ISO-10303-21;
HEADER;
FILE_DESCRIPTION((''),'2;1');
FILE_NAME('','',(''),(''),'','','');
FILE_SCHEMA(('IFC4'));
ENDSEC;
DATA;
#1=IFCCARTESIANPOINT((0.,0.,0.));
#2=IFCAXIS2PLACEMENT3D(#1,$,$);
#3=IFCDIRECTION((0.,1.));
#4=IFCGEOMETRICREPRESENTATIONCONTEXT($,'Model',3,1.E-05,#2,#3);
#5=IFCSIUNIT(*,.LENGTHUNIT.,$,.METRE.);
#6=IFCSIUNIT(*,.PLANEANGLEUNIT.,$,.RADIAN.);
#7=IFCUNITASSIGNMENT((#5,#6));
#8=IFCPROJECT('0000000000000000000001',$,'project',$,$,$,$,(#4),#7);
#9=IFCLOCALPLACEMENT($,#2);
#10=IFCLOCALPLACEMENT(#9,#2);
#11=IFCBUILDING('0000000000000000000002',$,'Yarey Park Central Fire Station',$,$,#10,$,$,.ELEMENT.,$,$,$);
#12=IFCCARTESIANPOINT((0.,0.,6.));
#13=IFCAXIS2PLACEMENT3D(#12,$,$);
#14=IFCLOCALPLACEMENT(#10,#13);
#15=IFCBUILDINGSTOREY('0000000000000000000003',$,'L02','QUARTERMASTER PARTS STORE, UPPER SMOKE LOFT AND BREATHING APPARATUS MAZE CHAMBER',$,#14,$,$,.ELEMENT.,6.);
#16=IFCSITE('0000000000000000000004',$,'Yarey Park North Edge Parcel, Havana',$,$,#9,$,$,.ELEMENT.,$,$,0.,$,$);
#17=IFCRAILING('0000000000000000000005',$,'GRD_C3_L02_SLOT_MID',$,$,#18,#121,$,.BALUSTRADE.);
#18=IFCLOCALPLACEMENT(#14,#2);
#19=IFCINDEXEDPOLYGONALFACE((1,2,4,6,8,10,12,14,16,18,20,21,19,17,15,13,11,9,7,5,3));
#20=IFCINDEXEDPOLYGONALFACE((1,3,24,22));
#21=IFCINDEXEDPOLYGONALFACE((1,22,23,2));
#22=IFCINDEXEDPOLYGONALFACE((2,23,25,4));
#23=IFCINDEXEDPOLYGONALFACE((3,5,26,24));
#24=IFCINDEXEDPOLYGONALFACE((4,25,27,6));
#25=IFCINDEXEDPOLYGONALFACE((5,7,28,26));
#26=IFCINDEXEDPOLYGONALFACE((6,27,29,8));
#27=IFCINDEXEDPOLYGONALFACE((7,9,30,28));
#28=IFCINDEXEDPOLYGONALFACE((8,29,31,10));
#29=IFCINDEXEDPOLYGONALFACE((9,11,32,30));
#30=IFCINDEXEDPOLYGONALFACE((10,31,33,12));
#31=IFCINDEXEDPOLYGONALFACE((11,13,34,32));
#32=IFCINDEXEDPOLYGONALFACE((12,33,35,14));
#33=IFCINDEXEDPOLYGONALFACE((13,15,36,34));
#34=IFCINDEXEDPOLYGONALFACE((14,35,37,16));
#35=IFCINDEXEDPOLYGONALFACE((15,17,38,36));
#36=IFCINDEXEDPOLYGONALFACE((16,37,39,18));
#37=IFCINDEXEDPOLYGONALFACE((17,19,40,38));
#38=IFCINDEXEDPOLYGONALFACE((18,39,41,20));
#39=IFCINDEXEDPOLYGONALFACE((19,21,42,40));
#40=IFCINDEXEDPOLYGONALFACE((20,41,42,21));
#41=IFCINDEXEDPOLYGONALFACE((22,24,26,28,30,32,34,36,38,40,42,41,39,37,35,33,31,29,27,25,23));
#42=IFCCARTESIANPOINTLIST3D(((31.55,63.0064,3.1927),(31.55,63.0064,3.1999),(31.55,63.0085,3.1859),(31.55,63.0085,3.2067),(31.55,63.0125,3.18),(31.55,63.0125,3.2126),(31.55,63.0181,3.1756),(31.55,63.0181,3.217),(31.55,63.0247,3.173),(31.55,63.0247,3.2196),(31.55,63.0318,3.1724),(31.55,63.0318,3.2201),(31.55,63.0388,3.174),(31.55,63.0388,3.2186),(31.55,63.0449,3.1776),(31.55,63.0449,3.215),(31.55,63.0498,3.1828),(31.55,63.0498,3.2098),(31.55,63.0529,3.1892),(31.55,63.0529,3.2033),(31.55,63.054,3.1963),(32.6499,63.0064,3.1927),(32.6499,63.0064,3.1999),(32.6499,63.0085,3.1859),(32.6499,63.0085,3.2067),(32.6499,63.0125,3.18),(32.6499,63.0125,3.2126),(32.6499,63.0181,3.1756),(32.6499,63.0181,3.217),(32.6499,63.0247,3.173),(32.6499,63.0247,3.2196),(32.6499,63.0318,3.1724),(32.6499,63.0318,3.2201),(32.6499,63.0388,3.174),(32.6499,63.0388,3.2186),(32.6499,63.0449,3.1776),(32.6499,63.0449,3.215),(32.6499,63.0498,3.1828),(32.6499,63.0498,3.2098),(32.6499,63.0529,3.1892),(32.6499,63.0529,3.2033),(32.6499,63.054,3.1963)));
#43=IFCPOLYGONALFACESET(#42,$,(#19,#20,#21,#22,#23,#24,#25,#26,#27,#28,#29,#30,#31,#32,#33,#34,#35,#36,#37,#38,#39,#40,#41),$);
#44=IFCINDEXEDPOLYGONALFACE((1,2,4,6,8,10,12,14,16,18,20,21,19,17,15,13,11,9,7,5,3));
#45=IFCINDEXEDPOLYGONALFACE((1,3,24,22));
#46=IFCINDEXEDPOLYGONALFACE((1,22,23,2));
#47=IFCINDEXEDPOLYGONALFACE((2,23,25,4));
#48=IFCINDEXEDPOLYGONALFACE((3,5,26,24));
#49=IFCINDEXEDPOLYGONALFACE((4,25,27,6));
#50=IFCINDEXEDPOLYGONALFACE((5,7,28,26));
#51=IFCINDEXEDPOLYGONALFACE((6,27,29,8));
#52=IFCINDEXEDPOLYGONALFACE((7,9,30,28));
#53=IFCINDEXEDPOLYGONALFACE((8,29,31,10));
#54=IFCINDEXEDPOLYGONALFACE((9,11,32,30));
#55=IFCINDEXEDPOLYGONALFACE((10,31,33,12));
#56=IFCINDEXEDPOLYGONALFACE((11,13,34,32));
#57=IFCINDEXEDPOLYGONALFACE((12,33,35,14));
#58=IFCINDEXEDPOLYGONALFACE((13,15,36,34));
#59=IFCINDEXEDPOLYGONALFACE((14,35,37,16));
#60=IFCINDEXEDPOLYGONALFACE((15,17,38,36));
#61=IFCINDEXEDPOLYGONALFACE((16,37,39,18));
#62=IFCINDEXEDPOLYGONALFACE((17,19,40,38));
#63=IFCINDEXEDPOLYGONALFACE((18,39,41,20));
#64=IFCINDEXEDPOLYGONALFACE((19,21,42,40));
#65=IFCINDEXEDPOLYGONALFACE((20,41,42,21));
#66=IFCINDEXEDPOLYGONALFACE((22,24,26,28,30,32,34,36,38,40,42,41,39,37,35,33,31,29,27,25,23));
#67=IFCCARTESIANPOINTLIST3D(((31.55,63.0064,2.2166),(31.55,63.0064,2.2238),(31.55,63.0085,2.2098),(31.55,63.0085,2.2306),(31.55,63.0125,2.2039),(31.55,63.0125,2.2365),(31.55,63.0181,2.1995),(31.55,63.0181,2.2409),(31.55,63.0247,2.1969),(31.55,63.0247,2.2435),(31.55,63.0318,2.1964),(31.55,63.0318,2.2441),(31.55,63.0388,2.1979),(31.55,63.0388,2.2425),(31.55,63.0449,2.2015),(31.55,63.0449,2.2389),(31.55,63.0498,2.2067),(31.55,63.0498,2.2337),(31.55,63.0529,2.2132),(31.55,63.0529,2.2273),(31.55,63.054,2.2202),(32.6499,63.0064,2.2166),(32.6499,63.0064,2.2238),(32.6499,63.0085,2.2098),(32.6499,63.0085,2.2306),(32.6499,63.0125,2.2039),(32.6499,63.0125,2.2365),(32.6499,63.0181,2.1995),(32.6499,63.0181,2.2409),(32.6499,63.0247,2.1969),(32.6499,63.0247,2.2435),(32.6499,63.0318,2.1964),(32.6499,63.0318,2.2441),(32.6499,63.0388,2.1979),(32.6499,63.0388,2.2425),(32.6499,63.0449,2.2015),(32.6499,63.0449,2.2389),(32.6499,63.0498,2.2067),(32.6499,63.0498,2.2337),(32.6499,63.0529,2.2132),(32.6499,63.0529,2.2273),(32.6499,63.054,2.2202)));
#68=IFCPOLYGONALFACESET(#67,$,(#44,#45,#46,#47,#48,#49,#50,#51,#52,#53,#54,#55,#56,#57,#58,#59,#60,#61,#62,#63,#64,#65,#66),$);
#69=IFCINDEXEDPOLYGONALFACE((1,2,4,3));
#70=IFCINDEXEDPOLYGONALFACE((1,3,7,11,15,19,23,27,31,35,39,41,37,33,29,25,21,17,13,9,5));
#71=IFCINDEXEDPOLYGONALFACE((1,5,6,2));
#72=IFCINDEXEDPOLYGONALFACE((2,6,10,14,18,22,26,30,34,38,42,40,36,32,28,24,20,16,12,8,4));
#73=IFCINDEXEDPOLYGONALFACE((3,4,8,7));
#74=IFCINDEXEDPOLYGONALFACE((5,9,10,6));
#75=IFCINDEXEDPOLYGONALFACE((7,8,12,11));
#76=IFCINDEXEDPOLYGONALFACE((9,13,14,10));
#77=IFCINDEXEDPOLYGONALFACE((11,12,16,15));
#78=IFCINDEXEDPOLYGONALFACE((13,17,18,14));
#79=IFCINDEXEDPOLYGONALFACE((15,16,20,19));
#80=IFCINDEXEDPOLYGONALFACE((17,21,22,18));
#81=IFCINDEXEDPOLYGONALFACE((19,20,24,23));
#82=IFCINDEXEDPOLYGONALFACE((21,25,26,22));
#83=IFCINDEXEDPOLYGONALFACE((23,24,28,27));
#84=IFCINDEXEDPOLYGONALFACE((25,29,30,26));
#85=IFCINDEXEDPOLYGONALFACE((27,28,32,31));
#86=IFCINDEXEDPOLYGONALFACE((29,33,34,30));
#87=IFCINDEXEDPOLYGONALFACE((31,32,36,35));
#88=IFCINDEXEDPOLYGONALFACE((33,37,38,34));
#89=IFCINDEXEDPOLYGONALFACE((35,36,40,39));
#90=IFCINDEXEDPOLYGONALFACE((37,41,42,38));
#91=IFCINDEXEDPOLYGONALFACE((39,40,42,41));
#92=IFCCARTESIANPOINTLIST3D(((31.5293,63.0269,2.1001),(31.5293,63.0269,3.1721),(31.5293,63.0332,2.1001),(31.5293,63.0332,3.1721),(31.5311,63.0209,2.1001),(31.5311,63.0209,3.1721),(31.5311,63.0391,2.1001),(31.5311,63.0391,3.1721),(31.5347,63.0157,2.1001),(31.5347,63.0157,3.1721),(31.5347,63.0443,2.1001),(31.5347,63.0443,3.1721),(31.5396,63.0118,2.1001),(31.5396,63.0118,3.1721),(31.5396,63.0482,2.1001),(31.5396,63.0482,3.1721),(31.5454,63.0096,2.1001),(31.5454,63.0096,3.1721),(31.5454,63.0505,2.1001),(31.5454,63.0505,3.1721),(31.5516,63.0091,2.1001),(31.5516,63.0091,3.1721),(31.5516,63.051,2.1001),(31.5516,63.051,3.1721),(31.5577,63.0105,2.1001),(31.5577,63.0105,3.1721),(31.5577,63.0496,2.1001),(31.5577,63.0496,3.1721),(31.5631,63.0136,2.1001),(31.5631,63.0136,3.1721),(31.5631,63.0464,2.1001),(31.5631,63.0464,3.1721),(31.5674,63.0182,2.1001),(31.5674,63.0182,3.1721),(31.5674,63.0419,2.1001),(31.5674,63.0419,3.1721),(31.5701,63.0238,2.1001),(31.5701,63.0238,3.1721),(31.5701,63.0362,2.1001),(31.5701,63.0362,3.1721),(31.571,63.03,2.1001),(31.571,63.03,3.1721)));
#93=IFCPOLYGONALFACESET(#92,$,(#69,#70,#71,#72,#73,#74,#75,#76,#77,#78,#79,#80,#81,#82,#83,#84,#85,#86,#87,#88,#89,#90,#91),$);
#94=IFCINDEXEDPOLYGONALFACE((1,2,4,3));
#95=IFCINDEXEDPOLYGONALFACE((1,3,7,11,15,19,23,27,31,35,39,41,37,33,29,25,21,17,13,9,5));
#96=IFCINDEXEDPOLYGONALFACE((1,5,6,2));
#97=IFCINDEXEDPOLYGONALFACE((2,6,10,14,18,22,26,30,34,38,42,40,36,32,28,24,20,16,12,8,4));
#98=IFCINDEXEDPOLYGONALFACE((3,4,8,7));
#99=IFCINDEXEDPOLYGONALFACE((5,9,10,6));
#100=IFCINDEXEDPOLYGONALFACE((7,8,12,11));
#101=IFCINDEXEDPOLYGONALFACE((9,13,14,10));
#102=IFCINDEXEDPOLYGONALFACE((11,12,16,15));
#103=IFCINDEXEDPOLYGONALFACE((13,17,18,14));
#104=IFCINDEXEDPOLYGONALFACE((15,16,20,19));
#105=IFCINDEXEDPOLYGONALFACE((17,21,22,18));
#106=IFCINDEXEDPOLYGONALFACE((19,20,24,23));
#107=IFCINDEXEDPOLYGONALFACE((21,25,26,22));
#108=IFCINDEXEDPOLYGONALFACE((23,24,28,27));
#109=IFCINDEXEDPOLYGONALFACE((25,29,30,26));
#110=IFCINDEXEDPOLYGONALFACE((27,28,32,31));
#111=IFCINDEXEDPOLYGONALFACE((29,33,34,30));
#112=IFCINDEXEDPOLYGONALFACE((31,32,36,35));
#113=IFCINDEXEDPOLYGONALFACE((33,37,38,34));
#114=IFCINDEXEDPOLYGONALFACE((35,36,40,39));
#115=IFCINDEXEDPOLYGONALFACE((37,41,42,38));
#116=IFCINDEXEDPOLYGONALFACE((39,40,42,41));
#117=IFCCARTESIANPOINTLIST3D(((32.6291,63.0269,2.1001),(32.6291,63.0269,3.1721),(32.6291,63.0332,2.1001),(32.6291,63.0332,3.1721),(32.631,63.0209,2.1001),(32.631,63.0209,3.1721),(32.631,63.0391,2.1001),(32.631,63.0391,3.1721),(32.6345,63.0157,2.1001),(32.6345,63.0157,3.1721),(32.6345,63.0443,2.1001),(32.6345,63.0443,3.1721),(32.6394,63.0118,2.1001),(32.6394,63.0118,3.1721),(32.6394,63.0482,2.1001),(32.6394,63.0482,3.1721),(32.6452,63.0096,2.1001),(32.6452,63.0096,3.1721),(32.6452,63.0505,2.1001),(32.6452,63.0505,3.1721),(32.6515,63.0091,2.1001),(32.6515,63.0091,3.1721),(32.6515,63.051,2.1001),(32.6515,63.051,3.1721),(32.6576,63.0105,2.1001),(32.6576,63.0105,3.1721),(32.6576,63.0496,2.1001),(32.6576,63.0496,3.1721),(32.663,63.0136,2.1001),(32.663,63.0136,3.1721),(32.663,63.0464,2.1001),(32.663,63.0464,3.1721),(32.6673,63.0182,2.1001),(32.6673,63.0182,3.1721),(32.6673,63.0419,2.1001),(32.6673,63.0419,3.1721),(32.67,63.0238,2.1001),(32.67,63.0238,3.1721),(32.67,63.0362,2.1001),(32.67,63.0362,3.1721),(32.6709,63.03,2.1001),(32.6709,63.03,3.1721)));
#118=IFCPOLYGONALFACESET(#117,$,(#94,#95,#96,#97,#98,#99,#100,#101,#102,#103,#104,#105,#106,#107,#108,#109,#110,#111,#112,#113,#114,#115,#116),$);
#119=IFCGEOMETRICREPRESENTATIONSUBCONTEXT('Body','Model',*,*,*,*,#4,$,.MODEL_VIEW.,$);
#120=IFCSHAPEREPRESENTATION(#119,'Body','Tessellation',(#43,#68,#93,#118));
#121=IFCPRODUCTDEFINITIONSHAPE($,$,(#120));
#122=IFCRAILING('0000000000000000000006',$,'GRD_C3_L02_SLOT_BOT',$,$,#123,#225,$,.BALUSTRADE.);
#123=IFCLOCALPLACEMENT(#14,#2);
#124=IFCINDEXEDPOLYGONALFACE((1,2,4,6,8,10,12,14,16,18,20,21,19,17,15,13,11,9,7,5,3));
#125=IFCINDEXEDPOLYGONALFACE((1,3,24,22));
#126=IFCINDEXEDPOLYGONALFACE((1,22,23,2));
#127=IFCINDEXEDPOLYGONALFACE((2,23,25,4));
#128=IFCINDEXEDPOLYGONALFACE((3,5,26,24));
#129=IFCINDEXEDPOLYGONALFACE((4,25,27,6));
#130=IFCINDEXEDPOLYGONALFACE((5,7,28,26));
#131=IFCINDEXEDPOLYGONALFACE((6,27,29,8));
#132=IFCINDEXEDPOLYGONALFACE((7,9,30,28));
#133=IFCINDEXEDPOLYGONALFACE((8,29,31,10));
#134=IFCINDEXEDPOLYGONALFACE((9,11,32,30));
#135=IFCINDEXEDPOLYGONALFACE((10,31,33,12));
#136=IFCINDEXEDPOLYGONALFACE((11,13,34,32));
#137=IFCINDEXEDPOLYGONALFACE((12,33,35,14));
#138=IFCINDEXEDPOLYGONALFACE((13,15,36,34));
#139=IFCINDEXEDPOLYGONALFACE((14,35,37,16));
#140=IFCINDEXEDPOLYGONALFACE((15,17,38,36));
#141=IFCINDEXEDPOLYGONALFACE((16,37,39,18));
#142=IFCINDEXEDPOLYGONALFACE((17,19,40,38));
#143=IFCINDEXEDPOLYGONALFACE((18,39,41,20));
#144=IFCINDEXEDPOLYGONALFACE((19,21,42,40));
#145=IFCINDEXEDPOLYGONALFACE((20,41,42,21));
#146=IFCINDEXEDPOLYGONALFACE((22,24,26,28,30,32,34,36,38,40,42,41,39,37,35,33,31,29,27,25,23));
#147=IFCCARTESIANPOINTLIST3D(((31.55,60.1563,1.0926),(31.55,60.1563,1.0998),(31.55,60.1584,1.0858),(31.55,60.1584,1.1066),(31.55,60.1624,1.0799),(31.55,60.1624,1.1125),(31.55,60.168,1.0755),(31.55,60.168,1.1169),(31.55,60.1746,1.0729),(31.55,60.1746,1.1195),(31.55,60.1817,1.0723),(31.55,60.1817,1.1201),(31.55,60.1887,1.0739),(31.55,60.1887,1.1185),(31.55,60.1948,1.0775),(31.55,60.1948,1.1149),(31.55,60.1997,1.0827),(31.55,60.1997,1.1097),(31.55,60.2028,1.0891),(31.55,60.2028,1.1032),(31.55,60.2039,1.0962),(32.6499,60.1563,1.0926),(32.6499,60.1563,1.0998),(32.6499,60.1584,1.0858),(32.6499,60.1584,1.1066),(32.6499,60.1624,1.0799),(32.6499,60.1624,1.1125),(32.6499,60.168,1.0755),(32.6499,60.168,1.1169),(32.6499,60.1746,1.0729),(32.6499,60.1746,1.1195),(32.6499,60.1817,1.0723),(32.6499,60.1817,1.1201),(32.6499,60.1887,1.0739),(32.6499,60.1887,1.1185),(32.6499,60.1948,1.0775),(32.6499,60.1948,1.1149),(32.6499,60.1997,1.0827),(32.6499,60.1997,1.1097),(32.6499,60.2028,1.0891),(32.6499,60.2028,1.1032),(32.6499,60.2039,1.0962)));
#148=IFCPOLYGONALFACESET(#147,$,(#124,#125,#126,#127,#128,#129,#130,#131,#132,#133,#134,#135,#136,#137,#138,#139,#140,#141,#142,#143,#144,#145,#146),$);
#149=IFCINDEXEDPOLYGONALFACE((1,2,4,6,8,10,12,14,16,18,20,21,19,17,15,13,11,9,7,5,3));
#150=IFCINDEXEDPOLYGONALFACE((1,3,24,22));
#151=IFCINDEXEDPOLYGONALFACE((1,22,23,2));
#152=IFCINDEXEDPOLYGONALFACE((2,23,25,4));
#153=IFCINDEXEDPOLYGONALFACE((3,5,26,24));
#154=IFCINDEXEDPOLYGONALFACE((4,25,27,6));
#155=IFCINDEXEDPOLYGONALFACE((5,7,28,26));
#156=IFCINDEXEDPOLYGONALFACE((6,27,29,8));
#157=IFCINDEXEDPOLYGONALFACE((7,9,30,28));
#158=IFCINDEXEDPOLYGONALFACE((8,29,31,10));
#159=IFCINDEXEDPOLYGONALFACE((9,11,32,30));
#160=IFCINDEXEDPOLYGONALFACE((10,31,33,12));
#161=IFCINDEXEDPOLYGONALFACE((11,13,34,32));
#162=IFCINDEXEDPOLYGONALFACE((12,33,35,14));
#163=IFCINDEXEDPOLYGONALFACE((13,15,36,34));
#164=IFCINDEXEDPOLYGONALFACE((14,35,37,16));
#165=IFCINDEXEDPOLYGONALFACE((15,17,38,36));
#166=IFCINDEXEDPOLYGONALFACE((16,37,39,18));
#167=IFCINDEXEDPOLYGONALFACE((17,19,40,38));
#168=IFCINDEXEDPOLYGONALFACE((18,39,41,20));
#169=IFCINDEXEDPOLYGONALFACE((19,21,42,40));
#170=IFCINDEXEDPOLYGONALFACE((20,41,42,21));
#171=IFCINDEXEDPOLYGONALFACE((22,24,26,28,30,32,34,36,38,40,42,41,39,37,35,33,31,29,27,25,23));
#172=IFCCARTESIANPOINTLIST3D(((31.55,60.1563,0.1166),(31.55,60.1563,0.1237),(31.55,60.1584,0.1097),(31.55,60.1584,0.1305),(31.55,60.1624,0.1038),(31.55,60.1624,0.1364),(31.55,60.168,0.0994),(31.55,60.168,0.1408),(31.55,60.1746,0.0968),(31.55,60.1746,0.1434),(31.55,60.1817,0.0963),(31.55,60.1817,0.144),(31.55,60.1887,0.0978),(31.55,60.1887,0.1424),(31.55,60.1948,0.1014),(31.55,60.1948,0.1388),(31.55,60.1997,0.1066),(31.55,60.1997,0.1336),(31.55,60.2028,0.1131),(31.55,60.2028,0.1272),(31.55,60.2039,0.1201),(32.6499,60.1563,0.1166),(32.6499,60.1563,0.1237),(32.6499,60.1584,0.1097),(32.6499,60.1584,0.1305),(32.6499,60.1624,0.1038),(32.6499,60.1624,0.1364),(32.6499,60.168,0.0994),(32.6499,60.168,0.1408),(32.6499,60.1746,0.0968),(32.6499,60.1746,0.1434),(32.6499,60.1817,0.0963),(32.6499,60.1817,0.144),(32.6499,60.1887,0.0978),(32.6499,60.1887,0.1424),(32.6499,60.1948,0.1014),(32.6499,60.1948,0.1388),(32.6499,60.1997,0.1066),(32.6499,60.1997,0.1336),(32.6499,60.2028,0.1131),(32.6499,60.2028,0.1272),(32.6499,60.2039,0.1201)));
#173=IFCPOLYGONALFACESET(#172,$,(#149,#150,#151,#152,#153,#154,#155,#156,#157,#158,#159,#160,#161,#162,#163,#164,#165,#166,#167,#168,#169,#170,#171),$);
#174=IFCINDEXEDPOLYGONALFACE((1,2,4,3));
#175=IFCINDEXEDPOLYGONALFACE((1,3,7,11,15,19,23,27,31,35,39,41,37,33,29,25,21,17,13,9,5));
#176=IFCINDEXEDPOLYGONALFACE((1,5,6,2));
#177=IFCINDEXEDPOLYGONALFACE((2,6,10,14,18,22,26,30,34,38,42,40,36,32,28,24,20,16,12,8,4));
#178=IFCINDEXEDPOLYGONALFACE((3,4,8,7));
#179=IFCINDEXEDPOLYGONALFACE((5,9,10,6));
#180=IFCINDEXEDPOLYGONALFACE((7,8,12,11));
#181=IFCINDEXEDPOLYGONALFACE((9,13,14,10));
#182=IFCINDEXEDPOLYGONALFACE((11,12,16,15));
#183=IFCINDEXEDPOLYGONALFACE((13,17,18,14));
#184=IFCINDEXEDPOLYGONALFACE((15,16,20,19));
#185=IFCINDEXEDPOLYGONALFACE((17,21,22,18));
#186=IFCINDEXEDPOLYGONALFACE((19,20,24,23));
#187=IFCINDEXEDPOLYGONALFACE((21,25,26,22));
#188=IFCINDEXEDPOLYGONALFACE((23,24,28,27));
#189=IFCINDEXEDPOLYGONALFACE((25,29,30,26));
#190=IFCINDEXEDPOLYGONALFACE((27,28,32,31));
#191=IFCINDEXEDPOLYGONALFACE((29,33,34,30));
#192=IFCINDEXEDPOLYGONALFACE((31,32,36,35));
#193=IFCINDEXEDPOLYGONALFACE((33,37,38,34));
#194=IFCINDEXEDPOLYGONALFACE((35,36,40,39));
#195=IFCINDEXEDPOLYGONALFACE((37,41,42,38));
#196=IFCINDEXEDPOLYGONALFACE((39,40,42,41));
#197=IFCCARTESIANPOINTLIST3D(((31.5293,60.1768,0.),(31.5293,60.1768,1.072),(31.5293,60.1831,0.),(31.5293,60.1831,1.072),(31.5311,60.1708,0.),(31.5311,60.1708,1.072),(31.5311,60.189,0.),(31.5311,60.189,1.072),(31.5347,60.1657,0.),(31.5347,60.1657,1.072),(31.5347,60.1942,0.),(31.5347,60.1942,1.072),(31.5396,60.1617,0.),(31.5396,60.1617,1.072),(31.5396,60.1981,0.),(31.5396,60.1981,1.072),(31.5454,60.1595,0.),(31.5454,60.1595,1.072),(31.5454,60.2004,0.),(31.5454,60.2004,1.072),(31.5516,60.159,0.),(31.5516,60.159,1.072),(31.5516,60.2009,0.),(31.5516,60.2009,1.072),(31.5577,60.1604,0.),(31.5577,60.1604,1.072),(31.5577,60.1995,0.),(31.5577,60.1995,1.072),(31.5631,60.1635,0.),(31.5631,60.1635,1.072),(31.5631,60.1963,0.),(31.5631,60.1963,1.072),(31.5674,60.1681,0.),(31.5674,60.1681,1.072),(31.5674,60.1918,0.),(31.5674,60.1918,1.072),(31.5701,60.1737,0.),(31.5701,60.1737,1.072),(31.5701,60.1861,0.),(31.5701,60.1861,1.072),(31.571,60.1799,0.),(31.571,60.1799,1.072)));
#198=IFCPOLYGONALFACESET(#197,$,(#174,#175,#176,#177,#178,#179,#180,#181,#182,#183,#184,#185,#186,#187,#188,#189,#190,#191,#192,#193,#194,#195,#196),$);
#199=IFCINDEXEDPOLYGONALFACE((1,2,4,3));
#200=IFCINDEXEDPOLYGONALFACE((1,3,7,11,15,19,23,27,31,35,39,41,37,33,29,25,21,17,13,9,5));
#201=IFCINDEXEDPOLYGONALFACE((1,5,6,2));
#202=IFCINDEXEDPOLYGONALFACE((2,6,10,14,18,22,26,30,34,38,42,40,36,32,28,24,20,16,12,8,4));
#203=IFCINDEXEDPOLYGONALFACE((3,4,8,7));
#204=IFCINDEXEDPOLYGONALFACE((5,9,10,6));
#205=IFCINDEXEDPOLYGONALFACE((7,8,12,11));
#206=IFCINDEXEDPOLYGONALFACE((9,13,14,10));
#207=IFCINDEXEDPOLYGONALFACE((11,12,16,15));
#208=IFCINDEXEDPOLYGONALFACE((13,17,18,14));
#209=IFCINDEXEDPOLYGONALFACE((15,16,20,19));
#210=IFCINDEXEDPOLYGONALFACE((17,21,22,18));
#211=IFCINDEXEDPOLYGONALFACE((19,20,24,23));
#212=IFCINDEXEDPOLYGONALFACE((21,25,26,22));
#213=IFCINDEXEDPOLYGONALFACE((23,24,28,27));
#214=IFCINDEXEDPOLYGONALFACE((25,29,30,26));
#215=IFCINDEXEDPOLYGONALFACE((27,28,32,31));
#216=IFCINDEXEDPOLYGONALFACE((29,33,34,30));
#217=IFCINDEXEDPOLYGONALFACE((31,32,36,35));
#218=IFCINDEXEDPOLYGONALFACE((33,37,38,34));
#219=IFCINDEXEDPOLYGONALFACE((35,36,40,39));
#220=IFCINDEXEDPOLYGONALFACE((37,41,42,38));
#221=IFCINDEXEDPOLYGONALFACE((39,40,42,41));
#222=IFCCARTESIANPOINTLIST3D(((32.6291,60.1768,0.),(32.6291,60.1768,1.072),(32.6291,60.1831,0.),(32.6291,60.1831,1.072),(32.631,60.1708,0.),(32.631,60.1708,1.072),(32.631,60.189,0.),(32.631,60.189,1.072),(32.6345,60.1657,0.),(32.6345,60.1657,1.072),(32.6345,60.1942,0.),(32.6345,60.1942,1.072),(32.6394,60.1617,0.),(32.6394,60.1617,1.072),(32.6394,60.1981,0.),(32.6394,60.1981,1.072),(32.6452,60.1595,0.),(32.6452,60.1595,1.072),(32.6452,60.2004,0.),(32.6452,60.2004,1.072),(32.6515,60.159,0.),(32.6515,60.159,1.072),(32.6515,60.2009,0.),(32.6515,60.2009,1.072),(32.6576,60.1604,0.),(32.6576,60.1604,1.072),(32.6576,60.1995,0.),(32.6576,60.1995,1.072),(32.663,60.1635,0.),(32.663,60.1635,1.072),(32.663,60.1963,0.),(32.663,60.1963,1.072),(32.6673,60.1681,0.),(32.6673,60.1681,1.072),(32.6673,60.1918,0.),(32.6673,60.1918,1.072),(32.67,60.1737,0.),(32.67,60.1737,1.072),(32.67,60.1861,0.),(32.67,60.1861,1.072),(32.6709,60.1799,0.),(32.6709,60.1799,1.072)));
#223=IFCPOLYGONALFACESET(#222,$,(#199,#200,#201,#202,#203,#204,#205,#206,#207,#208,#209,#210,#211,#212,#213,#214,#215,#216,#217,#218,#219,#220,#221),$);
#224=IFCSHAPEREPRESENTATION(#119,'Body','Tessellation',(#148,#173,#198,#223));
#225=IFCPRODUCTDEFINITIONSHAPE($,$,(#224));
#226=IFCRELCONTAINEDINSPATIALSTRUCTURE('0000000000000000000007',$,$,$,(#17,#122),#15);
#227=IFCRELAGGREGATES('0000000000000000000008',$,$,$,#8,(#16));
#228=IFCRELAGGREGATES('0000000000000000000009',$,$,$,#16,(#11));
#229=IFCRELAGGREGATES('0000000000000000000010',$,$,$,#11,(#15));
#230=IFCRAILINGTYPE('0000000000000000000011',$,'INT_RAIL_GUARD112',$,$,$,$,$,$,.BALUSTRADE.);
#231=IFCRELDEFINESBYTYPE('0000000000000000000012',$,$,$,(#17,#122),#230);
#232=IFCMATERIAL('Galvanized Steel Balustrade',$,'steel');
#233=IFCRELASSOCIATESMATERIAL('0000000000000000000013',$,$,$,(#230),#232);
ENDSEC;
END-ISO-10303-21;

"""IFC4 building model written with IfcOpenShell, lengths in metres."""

from ifc_helpers import new_model, si_unit, direction, frame, origin, origin_2d, place, context, subcontext, project, spatial, circle, extrude, material, type_object, element, save


model = new_model("IFC4")

# Units and contexts
model_context = context("Model", 3, precision=1e-05, world=origin(), true_north=direction((0.0, 1.0)))
body_context = subcontext(model_context, "Body", "Model", "MODEL_VIEW")
ifc_project = project(units=[si_unit("LENGTHUNIT", "METRE"), si_unit("PLANEANGLEUNIT", "RADIAN")], contexts=[model_context])

# Site, building, storey
site_placement = place(None, origin())
site = spatial("IfcSite", under=ifc_project, at=site_placement, Name="Yarey Park North Edge Parcel, Havana", CompositionType="ELEMENT", RefElevation=0.0)
building_placement = place(site_placement, origin())
building = spatial("IfcBuilding", under=site, at=building_placement, Name="Yarey Park Central Fire Station", CompositionType="ELEMENT")
storey_placement = place(building_placement, frame((0.0, 0.0, 6.0)))
storey = spatial("IfcBuildingStorey", under=building, at=storey_placement, Name="L02", Description="QUARTERMASTER PARTS STORE, UPPER SMOKE LOFT AND BREATHING APPARATUS MAZE CHAMBER", CompositionType="ELEMENT", Elevation=6.0)

# Railings
ifc_material_1 = material(Name="Galvanized Steel Balustrade", Category="steel")
railing_type_1 = type_object("IfcRailingType", Name="INT_RAIL_GUARD112", PredefinedType="BALUSTRADE", material=ifc_material_1)
for number, where, name in (
    (1, (31.55, 63.03, 2.1001), "GRD_C3_L02_SLOT_MID"),
    (2, (31.55, 60.1799, 0.0), "GRD_C3_L02_SLOT_BOT"),
):
    element("IfcRailing", number, at=place(storey_placement, frame(where)), inside=storey, type_object=railing_type_1, Name=name, PredefinedType="BALUSTRADE", context=body_context, shape_type="SweptSolid", body=[
        extrude(circle(Radius=0.0239, at=origin_2d()), frame((0.0, 0.0, 1.0962), z_axis=(1.0, 0.0, 0.0), x_axis=(0.0, 1.0, 0.0)), (0.0, 0.0, 1.0), 1.0999),
        extrude(circle(Radius=0.0239, at=origin_2d()), frame((0.0, 0.0, 0.1201), z_axis=(1.0, 0.0, 0.0), x_axis=(0.0, 1.0, 0.0)), (0.0, 0.0, 1.0), 1.0999),
        extrude(circle(Radius=0.021, at=origin_2d()), origin(), (0.0, 0.0, 1.0), 1.072),
        extrude(circle(Radius=0.021, at=origin_2d()), frame((1.0999, 0.0, 0.0)), (0.0, 0.0, 1.0), 1.072),
    ])

save(model, "model.ifc")
